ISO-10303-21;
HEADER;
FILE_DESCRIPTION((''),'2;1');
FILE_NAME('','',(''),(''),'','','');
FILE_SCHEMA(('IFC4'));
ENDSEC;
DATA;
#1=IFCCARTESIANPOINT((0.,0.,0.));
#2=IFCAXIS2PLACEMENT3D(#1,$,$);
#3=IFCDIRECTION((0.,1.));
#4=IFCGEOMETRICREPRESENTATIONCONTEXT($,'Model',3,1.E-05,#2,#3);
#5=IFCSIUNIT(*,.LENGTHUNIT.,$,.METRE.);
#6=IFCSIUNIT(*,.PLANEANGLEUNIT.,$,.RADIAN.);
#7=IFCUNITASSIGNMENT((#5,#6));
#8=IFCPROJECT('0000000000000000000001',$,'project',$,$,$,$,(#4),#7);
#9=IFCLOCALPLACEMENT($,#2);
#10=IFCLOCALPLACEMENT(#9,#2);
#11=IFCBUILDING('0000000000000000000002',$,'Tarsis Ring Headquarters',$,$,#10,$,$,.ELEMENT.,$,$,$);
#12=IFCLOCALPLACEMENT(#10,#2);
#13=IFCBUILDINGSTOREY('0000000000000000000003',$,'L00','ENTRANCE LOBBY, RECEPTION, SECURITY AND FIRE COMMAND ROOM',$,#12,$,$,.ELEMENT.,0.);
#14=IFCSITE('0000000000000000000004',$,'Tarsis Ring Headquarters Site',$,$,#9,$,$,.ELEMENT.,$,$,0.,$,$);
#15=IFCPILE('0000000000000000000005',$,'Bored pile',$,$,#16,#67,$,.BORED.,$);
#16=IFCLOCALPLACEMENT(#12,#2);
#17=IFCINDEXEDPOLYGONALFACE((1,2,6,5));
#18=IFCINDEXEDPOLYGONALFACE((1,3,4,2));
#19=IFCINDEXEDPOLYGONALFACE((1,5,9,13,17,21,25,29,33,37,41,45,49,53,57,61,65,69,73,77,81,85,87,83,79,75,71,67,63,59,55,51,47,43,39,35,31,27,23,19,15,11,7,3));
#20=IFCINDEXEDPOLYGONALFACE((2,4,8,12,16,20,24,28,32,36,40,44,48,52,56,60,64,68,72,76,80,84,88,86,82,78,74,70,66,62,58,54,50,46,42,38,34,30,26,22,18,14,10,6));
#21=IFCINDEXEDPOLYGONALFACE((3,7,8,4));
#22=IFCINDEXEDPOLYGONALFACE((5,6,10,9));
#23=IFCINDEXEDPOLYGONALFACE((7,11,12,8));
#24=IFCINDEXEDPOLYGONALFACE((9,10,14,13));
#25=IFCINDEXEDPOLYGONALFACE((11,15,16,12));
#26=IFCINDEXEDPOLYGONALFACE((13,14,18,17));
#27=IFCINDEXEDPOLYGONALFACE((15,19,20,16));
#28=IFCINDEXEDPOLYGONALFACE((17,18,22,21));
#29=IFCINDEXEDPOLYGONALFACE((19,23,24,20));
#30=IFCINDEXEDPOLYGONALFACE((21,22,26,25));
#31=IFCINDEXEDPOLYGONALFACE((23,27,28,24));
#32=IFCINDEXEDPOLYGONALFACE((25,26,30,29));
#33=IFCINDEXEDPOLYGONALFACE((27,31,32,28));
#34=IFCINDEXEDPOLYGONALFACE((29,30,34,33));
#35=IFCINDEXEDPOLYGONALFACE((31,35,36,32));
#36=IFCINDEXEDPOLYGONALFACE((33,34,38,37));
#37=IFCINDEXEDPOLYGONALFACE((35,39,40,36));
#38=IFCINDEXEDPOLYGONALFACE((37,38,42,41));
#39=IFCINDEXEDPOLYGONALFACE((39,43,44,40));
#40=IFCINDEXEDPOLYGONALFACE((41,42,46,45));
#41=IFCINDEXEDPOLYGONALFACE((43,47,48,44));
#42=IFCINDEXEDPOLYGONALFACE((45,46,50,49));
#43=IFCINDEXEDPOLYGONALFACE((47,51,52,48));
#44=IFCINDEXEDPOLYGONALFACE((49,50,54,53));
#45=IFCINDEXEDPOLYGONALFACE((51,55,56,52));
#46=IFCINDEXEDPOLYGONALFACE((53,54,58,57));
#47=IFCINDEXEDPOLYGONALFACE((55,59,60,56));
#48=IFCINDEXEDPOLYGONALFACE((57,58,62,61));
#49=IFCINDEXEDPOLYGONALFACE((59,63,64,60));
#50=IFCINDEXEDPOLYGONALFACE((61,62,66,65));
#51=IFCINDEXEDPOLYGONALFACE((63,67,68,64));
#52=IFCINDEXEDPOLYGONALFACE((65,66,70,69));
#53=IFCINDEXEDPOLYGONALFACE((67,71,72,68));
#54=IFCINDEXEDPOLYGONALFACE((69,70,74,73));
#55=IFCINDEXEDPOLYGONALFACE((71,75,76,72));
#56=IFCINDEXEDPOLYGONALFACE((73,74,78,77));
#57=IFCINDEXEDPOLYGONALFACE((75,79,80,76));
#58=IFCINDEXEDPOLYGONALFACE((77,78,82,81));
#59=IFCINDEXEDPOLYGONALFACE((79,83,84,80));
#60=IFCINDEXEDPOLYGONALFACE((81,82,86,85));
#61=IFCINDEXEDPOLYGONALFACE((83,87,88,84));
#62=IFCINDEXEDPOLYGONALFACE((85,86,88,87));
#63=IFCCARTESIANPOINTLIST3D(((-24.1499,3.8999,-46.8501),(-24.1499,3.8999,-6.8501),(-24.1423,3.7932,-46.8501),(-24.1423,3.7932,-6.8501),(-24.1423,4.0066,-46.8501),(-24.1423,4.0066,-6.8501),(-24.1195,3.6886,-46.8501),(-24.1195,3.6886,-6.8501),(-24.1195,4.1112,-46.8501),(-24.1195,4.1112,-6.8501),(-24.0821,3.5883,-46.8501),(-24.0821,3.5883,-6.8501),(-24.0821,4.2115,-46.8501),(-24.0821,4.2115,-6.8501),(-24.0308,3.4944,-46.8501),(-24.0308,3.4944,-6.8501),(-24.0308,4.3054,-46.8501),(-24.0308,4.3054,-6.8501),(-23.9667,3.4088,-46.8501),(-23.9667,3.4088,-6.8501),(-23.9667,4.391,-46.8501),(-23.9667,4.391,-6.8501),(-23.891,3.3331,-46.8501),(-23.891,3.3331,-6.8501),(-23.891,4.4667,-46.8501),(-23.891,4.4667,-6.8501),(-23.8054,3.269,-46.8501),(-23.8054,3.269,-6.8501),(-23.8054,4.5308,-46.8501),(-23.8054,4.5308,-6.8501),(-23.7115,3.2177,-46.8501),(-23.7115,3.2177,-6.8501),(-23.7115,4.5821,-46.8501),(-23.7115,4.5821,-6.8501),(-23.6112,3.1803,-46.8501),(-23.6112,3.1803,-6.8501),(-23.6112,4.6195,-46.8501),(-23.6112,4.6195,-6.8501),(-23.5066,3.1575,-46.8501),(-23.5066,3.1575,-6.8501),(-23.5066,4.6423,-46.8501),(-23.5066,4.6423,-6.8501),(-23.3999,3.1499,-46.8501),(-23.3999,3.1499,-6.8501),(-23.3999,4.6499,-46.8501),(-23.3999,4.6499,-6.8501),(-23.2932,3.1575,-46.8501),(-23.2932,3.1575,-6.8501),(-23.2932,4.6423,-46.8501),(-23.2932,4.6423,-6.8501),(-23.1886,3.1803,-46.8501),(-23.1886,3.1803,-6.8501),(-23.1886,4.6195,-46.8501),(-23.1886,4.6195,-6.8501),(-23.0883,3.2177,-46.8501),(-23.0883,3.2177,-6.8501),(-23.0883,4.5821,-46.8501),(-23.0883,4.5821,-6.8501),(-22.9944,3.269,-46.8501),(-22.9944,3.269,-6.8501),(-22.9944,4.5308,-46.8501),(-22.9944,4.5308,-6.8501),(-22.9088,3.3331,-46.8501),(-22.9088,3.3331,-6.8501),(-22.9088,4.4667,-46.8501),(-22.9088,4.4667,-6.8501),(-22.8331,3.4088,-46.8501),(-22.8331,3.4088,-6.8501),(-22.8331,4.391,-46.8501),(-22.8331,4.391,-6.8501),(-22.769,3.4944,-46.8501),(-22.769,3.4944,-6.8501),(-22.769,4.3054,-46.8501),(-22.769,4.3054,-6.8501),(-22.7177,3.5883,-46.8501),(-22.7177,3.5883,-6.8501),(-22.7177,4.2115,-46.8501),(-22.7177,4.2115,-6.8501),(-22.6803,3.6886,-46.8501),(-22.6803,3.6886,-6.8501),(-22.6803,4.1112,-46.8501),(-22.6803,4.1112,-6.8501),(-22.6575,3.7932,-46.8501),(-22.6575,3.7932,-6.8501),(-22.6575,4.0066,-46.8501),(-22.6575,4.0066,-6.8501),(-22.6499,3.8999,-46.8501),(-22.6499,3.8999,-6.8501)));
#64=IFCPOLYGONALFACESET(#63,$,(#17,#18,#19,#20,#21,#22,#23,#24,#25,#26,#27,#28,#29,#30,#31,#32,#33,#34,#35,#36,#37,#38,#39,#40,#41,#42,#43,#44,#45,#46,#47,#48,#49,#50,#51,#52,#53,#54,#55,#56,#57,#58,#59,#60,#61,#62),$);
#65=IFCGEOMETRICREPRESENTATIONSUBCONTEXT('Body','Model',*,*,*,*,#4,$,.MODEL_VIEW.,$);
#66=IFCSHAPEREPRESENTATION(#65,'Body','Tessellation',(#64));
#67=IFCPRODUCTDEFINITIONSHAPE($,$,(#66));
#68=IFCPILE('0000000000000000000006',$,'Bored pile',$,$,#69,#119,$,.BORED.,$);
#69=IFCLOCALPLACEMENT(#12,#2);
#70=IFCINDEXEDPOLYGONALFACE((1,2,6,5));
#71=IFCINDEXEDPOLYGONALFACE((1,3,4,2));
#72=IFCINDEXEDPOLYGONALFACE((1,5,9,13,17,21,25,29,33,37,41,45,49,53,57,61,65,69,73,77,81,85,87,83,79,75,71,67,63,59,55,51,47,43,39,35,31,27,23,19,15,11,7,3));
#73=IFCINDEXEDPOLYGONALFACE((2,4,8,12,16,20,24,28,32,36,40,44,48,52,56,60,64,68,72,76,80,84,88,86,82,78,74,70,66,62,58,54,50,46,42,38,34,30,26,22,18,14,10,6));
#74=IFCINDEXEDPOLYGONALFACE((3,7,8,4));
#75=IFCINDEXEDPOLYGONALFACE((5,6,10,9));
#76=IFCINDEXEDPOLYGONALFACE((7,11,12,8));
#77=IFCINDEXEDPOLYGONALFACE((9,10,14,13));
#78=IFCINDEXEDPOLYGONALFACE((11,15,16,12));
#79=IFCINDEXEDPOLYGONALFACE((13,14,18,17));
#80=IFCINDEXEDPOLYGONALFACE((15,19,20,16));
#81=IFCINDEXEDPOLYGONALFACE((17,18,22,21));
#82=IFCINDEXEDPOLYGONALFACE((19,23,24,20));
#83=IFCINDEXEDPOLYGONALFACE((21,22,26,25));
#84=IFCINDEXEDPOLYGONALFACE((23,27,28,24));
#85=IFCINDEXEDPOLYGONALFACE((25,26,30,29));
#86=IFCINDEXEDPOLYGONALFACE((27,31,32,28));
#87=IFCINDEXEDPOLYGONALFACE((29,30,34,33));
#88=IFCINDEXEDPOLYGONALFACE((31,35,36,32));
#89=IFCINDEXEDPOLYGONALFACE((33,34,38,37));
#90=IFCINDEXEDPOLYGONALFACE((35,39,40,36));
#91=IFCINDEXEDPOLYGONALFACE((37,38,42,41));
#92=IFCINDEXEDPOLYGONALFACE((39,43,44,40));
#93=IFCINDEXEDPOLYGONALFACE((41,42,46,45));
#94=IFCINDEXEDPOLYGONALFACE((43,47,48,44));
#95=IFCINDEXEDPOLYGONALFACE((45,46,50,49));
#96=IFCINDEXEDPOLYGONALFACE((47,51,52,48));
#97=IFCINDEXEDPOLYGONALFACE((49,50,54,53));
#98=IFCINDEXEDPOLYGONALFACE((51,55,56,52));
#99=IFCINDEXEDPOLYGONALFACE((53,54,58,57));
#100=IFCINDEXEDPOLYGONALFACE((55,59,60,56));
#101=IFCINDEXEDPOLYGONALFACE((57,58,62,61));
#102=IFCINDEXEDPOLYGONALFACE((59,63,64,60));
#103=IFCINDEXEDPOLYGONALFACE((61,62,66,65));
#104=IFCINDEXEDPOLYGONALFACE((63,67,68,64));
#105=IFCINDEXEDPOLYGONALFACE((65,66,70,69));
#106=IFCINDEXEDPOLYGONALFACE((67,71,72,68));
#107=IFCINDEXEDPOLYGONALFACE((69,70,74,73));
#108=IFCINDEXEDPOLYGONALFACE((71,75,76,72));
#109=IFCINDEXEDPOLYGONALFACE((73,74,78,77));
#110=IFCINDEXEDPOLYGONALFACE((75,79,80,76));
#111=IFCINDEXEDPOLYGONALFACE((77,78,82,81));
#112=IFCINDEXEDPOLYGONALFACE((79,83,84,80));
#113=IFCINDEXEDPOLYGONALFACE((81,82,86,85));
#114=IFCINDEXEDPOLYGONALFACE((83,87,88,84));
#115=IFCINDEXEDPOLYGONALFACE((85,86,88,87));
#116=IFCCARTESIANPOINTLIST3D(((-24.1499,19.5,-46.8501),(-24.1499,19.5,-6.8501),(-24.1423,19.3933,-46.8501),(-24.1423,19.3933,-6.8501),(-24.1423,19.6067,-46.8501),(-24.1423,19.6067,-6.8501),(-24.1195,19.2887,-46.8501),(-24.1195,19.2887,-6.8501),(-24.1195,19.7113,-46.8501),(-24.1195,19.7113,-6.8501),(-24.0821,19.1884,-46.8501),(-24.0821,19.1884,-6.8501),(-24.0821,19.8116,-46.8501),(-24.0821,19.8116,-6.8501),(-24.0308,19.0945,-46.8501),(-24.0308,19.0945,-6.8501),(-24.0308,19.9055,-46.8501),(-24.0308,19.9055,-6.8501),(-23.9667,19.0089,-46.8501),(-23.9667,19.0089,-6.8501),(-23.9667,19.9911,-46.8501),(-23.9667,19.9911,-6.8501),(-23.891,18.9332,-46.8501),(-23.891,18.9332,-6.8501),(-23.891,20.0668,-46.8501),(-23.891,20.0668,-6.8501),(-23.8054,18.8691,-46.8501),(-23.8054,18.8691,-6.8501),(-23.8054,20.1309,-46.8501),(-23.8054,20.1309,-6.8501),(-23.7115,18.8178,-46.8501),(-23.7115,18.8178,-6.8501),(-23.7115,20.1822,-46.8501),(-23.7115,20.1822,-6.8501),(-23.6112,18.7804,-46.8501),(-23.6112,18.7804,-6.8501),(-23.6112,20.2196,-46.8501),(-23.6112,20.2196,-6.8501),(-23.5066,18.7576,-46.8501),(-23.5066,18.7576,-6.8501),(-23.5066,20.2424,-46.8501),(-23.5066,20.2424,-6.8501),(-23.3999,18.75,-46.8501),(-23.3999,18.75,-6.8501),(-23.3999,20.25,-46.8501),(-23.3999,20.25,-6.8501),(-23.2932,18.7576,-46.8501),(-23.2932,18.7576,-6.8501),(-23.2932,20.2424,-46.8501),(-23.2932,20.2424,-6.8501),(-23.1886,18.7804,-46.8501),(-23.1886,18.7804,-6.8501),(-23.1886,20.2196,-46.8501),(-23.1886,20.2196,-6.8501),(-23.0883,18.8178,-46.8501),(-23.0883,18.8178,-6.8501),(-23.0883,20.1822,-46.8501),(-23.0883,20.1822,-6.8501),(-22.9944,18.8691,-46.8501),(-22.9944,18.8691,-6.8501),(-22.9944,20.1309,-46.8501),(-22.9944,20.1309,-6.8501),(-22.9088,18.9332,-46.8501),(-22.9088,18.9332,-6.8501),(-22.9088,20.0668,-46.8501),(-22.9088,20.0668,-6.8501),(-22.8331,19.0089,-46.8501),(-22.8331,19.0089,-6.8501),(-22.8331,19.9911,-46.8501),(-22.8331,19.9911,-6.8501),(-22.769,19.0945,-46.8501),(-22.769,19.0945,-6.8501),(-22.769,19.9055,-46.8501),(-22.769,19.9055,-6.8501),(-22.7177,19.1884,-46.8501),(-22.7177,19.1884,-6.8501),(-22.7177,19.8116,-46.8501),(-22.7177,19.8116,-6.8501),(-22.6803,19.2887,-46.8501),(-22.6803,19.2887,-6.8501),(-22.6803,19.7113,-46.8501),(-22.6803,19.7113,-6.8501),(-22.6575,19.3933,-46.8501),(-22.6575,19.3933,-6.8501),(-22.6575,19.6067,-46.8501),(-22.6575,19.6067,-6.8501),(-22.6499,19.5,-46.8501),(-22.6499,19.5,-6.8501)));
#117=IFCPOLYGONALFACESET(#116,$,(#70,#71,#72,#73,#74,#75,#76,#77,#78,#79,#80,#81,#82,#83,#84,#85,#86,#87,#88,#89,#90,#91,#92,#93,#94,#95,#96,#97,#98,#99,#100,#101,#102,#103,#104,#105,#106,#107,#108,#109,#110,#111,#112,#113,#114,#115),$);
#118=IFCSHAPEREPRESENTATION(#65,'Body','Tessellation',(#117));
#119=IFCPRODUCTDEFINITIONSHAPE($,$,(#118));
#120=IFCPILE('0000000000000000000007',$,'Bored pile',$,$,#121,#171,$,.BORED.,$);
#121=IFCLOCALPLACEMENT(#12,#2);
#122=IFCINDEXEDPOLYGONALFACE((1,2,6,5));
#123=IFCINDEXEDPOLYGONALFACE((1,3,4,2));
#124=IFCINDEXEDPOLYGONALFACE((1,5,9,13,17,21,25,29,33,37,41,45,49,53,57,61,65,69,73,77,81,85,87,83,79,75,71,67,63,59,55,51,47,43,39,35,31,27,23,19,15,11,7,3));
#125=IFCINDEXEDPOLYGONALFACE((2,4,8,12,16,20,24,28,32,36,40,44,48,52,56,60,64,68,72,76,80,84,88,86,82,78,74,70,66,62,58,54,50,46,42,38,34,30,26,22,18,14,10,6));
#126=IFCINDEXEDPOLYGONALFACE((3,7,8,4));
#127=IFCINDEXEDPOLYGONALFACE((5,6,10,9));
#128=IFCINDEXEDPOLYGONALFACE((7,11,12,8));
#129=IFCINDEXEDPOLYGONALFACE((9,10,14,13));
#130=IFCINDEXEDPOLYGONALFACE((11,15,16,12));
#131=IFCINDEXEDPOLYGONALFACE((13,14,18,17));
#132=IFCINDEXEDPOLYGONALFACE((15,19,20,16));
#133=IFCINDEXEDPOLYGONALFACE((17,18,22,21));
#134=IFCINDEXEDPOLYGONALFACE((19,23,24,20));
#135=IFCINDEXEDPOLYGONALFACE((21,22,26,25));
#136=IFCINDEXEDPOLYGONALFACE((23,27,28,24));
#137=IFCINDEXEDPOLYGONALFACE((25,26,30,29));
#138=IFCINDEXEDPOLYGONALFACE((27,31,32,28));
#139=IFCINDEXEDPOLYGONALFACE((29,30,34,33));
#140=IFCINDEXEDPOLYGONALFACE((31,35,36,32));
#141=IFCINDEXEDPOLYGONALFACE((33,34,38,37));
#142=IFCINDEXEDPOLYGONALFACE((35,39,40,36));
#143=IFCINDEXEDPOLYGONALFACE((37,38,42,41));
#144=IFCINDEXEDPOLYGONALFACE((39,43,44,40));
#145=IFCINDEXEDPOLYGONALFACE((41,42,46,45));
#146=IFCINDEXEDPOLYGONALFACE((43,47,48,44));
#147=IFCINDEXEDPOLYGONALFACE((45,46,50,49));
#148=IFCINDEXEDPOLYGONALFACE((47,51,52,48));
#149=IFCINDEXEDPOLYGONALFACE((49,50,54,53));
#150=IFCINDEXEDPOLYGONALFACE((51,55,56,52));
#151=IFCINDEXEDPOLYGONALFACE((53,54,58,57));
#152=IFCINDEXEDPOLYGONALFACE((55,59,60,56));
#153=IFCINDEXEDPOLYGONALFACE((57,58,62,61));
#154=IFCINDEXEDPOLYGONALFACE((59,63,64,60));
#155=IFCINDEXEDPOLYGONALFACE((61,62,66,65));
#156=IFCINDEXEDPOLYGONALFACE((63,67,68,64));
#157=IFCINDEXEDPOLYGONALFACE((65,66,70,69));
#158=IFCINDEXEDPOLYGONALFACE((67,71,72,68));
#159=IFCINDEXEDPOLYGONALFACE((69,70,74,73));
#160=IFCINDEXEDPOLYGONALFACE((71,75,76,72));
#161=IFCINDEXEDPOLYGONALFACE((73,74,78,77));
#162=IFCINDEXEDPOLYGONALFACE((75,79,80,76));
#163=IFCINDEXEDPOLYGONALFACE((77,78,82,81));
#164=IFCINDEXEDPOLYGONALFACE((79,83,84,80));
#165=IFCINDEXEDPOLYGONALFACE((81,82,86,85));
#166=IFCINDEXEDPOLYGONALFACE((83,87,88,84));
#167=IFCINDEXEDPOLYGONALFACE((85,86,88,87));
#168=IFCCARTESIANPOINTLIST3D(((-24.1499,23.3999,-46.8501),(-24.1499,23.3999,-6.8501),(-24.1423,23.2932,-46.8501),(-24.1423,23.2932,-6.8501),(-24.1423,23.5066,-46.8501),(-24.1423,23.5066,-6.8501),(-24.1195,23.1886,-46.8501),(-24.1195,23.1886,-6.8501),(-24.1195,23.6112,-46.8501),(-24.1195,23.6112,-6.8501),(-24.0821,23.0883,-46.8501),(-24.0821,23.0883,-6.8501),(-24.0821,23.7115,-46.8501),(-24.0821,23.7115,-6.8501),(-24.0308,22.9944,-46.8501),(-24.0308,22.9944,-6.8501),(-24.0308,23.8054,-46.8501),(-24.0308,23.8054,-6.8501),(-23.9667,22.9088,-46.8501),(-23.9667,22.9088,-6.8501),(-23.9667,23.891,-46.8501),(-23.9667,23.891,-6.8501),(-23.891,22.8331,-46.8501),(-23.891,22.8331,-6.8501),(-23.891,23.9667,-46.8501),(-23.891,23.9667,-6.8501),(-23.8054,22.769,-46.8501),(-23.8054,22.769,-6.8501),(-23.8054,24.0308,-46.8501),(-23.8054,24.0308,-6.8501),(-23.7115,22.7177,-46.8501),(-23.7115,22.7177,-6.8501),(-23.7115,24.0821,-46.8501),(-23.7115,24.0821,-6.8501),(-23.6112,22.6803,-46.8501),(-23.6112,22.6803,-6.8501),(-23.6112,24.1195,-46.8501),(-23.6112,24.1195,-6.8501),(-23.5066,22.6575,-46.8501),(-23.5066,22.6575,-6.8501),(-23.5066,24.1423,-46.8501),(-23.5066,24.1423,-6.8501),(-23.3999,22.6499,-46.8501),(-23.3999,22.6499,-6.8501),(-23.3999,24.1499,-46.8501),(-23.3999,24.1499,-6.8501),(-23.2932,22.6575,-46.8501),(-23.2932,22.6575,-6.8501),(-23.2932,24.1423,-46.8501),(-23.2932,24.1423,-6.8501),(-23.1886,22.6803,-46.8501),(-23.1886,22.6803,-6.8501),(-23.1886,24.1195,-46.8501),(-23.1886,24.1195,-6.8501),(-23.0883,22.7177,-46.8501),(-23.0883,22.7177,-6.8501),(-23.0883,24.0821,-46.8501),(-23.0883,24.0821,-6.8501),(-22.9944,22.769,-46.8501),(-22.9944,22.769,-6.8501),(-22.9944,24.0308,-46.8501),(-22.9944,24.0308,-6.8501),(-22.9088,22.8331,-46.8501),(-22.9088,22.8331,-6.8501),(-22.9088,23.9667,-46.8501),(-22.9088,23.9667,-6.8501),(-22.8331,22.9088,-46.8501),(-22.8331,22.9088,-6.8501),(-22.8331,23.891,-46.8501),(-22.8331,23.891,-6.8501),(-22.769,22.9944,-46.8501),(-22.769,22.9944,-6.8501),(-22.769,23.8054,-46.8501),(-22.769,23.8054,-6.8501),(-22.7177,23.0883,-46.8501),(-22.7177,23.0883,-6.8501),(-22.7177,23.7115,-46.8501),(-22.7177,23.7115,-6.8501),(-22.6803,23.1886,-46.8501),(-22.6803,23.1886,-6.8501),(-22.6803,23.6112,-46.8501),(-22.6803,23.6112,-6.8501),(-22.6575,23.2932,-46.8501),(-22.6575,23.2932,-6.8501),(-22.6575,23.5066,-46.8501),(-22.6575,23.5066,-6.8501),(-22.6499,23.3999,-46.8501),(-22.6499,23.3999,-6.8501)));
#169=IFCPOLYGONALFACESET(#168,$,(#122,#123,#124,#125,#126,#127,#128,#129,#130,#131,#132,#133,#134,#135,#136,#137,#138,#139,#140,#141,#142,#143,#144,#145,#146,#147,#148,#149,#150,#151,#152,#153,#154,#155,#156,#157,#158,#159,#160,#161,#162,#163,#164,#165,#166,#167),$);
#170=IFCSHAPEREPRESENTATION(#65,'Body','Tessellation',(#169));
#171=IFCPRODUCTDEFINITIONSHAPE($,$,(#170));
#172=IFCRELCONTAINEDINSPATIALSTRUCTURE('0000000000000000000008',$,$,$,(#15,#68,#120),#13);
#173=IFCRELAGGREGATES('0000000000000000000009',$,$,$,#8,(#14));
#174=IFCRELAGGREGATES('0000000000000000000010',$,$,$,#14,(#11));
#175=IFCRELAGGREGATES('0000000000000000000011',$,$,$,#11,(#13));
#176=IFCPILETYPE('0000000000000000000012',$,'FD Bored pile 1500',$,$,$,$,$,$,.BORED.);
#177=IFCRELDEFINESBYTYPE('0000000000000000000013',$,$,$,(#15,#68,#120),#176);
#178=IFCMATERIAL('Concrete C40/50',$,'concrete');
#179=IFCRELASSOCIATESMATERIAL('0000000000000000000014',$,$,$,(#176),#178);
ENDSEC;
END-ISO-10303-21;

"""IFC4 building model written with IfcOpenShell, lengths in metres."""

from ifc_helpers import new_model, si_unit, direction, frame, origin, origin_2d, place, context, subcontext, project, spatial, circle, extrude, material, material_profile, profile_set, type_object, element, save


model = new_model("IFC4")

# Units and contexts
model_context = context("Model", 3, precision=1e-05, world=origin(), true_north=direction((0.0, 1.0)))
body_context = subcontext(model_context, "Body", "Model", "MODEL_VIEW")
ifc_project = project(units=[si_unit("LENGTHUNIT", "METRE"), si_unit("PLANEANGLEUNIT", "RADIAN")], contexts=[model_context])

# Site, building, storey
site_placement = place(None, origin())
site = spatial("IfcSite", under=ifc_project, at=site_placement, Name="Tarsis Ring Headquarters Site", CompositionType="ELEMENT", RefElevation=0.0)
building_placement = place(site_placement, origin())
building = spatial("IfcBuilding", under=site, at=building_placement, Name="Tarsis Ring Headquarters", CompositionType="ELEMENT")
storey_placement = place(building_placement, origin())
storey = spatial("IfcBuildingStorey", under=building, at=storey_placement, Name="L00", Description="ENTRANCE LOBBY, RECEPTION, SECURITY AND FIRE COMMAND ROOM", CompositionType="ELEMENT", Elevation=0.0)

# Piles
ifc_material_1 = material(Name="Concrete C40/50", Category="concrete")
ifc_material_profile_1 = material_profile(ifc_material_1, circle(Radius=0.75, at=origin_2d()), Name="BORED 1500")
ifc_profile_set_1 = profile_set([ifc_material_profile_1], Name="Concrete C40/50")
pile_type_1 = type_object("IfcPileType", Name="FD Bored pile 1500", PredefinedType="BORED", material=ifc_profile_set_1)
for number, where, z_axis, x_axis, name in (
    (1, (-23.3999, 3.8999, -6.8501), (0.0, 0.0, -1.0), (1.0, 0.0, 0.0), "Bored pile"),
    (2, (-23.3999, 19.5, -6.8501), (0.0, 0.0, -1.0), (1.0, 0.0, 0.0), "Bored pile"),
    (3, (-23.3999, 23.3999, -6.8501), (0.0, 0.0, -1.0), (1.0, 0.0, 0.0), "Bored pile"),
):
    element("IfcPile", number, at=place(storey_placement, frame(where, z_axis=z_axis, x_axis=x_axis)), inside=storey, type_object=pile_type_1, Name=name, PredefinedType="BORED", context=body_context, shape_type="SweptSolid", body=[
        extrude(circle(Radius=0.75, at=origin_2d()), origin(), (0.0, 0.0, 1.0), 40.0),
    ])

save(model, "model.ifc")
